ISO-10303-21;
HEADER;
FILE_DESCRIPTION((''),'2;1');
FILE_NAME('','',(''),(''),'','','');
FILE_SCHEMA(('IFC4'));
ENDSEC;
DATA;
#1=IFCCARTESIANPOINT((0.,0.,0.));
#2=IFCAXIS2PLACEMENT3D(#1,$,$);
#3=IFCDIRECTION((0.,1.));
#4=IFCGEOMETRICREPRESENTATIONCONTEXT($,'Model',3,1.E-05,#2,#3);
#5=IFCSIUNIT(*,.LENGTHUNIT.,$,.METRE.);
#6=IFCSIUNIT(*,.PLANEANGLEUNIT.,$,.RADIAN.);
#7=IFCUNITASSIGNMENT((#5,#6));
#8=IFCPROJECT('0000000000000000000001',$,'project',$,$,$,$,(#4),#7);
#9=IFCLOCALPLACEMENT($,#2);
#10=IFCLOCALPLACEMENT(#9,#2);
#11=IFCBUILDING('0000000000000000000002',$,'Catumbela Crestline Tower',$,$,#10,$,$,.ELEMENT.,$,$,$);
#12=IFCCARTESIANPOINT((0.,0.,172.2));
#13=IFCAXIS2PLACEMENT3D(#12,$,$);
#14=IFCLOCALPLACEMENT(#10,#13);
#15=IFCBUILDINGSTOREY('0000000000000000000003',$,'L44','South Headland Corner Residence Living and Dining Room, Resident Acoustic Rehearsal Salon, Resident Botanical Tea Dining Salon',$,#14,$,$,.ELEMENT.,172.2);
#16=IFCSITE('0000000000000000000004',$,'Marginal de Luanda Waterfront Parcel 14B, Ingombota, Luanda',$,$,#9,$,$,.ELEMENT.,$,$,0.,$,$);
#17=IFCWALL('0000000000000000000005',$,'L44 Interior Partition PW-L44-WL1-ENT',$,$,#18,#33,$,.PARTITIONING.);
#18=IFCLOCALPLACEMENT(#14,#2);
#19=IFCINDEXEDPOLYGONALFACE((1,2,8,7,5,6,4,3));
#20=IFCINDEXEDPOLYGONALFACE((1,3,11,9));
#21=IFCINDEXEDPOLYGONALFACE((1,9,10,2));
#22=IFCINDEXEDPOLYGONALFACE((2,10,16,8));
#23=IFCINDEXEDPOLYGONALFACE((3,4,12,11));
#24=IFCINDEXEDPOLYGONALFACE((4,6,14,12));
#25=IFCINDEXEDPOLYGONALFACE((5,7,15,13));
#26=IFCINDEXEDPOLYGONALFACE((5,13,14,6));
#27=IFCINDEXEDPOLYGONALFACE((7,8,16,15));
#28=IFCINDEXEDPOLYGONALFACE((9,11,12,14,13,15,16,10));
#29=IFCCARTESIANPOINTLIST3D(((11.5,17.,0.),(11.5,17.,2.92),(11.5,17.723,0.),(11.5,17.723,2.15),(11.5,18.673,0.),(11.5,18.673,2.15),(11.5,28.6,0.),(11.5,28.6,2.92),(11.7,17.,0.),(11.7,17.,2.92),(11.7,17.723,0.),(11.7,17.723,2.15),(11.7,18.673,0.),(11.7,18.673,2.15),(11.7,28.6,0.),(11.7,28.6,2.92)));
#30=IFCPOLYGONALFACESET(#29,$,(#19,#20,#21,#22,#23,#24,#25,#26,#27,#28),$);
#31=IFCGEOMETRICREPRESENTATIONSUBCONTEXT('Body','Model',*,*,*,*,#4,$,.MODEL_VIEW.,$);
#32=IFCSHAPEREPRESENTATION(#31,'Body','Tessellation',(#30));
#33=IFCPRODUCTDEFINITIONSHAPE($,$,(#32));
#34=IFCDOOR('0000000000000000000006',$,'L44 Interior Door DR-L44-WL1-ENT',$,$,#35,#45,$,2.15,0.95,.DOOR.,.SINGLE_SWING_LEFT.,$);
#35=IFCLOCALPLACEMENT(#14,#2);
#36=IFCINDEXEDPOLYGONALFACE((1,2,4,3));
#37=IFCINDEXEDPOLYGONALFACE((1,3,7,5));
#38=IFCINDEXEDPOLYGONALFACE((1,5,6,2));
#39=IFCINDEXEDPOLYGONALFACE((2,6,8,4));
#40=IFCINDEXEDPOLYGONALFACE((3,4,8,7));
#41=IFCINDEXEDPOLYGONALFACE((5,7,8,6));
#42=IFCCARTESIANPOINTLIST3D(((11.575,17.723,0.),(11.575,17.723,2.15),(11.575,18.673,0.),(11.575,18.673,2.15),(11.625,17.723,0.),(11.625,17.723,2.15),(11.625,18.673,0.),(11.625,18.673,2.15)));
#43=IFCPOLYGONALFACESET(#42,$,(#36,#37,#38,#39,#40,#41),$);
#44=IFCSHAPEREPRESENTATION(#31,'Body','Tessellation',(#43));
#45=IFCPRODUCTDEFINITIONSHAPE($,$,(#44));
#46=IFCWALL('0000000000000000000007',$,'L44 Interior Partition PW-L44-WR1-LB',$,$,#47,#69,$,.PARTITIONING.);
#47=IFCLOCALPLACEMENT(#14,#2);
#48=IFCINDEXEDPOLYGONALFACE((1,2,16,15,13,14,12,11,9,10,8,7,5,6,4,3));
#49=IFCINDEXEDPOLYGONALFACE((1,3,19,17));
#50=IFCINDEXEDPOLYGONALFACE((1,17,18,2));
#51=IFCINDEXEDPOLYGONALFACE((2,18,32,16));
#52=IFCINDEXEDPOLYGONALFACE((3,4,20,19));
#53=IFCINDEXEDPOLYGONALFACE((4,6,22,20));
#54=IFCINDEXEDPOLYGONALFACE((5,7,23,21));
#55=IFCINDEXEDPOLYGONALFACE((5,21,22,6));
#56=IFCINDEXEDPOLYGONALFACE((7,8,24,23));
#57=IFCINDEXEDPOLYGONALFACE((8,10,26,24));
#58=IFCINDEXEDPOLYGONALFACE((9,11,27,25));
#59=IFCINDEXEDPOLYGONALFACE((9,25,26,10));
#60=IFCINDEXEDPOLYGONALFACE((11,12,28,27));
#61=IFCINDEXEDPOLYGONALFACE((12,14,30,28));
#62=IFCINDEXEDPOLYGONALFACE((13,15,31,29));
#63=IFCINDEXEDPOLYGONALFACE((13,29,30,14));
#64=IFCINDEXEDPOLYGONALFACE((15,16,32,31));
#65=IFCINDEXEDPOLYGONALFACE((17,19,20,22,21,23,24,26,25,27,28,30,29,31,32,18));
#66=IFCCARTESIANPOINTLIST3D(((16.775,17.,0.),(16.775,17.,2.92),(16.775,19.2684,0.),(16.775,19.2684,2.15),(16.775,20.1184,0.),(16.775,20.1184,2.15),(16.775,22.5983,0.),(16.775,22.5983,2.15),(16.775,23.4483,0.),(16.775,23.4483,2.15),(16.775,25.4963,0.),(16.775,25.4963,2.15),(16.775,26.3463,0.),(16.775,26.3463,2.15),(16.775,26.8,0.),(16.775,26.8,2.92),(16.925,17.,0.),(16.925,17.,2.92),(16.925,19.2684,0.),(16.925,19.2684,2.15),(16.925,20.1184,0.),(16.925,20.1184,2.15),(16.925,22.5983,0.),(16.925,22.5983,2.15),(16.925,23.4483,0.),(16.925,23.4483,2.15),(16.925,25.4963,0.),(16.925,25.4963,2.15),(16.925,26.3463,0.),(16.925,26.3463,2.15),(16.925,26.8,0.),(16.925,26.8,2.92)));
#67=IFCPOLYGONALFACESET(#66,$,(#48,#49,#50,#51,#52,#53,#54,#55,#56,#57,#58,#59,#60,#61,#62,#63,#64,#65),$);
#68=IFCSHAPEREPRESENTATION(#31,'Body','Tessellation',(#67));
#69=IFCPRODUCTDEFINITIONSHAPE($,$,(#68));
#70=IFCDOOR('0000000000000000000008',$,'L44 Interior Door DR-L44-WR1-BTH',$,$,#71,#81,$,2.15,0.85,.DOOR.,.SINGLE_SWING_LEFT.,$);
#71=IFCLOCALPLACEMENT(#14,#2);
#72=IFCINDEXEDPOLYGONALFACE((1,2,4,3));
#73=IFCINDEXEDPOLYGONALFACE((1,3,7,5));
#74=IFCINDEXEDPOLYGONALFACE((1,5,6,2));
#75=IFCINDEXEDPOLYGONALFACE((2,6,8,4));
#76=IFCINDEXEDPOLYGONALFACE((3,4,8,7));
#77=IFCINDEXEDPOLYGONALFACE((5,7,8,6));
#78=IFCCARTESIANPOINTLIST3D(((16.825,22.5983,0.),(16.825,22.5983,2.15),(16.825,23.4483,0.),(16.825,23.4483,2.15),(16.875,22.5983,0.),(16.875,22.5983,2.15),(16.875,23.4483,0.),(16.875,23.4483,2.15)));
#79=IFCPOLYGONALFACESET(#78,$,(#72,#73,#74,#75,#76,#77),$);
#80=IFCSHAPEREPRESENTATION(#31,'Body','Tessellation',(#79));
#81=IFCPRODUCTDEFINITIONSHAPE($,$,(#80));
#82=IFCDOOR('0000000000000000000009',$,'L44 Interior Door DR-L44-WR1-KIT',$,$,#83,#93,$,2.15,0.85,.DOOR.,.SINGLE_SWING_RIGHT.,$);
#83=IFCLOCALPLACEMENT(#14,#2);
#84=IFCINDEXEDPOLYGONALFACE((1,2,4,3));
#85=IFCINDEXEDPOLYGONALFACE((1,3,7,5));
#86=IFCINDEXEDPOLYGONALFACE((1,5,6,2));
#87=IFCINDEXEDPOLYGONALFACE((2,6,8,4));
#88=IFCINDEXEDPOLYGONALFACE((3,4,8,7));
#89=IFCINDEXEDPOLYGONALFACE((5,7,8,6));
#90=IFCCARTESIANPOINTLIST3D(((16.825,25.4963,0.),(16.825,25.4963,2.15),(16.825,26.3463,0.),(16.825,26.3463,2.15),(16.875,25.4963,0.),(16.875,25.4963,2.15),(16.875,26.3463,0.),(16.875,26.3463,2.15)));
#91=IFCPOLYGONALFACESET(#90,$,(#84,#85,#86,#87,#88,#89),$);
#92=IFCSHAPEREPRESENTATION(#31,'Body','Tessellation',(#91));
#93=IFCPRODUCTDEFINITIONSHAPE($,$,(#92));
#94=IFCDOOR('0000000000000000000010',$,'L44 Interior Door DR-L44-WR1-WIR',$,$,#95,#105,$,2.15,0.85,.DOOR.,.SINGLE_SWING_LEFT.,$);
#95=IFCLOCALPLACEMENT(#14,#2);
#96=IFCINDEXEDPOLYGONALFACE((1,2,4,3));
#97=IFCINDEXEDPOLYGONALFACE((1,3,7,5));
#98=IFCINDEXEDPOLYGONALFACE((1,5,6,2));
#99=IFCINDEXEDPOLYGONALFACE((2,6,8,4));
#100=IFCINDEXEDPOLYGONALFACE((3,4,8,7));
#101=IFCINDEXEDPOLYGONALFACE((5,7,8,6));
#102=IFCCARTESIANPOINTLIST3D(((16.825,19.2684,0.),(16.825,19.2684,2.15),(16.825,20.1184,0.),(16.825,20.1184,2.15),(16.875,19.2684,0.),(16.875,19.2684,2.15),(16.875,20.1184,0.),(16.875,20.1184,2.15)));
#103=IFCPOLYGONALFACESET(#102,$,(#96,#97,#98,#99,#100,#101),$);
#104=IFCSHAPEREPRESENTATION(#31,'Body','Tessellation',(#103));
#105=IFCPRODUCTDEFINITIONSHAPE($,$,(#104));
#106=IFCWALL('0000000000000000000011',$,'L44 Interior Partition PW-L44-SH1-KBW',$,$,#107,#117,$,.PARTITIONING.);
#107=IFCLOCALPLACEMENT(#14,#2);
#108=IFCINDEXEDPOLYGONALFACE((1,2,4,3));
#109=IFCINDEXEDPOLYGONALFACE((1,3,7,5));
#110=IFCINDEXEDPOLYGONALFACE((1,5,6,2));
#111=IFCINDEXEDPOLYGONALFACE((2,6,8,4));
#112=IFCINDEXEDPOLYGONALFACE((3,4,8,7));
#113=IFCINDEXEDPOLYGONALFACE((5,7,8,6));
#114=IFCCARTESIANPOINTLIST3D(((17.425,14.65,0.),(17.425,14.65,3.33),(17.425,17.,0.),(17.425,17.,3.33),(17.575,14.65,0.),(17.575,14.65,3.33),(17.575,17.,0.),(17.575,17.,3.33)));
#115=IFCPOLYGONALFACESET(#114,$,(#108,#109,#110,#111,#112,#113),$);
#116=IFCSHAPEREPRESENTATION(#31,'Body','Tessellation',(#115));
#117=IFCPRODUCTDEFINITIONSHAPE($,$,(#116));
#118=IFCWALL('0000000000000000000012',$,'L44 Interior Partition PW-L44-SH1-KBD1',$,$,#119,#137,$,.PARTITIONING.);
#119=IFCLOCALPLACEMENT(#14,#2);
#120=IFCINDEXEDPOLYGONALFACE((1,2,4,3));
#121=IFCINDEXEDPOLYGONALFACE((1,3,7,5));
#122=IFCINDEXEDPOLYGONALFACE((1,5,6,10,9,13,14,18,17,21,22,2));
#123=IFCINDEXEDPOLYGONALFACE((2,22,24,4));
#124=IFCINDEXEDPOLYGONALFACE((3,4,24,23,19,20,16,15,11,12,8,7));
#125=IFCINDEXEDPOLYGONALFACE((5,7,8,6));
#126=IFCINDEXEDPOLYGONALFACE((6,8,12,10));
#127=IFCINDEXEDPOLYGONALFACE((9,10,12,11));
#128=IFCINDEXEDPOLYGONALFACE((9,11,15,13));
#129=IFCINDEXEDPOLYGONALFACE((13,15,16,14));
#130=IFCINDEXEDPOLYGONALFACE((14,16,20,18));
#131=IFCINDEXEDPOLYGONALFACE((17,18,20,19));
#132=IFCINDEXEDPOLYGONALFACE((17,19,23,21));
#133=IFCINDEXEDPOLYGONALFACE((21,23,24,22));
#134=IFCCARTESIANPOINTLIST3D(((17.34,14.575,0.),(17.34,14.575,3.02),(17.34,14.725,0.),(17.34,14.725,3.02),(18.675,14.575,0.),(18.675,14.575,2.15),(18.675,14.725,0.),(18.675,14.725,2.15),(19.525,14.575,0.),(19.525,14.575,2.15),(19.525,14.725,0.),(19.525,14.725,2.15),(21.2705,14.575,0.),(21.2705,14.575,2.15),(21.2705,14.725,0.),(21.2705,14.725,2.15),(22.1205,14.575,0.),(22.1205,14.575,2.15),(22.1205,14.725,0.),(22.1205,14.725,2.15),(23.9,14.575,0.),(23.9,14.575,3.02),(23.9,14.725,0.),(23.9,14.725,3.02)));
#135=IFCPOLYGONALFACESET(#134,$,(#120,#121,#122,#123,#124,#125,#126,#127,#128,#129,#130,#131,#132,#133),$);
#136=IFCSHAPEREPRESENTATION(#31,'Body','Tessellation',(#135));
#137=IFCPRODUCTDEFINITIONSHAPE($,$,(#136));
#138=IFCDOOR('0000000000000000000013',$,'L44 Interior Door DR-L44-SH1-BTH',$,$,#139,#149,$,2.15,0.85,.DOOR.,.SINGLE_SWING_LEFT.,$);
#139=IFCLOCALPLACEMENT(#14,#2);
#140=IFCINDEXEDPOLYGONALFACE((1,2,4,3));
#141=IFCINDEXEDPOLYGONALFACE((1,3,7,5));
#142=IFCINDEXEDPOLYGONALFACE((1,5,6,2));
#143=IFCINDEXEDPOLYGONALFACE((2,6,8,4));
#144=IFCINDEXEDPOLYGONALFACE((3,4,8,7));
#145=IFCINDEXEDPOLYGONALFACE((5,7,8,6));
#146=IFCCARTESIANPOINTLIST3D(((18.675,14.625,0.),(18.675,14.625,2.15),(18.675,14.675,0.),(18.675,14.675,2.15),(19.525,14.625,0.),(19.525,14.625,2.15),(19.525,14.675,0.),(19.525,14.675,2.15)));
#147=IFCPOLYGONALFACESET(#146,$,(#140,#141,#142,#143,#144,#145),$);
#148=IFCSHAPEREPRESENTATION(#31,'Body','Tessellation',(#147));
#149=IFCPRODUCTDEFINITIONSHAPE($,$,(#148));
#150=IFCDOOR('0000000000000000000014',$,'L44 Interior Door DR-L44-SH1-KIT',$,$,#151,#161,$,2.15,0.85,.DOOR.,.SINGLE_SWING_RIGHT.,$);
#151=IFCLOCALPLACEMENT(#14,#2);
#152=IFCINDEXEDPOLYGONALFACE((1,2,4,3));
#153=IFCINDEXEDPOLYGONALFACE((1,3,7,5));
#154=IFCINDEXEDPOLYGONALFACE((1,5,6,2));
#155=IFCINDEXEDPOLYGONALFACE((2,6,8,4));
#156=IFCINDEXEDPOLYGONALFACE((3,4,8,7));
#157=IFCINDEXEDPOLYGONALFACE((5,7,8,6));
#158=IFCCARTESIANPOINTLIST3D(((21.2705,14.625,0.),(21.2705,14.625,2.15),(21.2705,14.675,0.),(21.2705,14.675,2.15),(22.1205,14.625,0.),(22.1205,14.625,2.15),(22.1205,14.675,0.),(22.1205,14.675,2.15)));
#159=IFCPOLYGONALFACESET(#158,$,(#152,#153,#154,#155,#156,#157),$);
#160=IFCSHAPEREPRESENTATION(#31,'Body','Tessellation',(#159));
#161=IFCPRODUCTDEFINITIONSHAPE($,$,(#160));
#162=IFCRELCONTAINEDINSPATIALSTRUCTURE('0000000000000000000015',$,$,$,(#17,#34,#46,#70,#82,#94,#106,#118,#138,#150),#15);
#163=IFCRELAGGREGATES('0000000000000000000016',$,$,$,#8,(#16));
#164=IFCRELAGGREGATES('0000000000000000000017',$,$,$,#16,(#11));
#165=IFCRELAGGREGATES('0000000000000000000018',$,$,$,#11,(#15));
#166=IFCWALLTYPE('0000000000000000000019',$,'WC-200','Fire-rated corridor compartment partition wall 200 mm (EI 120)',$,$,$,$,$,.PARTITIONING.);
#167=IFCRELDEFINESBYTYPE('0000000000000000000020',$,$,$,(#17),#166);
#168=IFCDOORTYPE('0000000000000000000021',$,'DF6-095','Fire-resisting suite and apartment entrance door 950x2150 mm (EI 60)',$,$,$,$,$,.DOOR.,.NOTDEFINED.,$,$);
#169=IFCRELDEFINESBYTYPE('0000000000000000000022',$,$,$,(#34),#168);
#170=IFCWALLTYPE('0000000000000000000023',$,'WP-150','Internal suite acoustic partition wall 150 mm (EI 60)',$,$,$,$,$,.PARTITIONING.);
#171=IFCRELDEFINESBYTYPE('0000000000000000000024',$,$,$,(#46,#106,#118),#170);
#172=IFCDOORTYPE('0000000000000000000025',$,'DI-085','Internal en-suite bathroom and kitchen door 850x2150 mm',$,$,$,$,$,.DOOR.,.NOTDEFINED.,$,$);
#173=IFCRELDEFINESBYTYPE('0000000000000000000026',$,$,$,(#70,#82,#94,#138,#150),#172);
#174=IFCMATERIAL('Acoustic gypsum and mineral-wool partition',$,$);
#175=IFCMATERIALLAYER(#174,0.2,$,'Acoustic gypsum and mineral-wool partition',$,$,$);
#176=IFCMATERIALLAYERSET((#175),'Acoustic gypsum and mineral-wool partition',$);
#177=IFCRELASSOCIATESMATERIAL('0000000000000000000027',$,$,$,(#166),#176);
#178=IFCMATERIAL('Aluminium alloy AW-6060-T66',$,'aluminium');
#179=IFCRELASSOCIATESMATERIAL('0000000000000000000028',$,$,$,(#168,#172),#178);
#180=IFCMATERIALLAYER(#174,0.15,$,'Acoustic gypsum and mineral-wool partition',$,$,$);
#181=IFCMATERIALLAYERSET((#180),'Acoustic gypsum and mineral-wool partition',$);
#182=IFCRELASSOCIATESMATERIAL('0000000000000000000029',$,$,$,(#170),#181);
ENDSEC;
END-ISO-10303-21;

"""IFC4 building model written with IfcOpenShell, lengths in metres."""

from ifc_helpers import new_model, si_unit, direction, frame, frame_2d, origin, place, context, subcontext, project, spatial, rectangle, extrude, material, layer, layer_set, type_object, element, fill, save


model = new_model("IFC4")

# Units and contexts
model_context = context("Model", 3, precision=1e-05, world=origin(), true_north=direction((0.0, 1.0)))
body_context = subcontext(model_context, "Body", "Model", "MODEL_VIEW")
ifc_project = project(units=[si_unit("LENGTHUNIT", "METRE"), si_unit("PLANEANGLEUNIT", "RADIAN")], contexts=[model_context])

# Site, building, storey
site_placement = place(None, origin())
site = spatial("IfcSite", under=ifc_project, at=site_placement, Name="Marginal de Luanda Waterfront Parcel 14B, Ingombota, Luanda", CompositionType="ELEMENT", RefElevation=0.0)
building_placement = place(site_placement, origin())
building = spatial("IfcBuilding", under=site, at=building_placement, Name="Catumbela Crestline Tower", CompositionType="ELEMENT")
storey_placement = place(building_placement, frame((0.0, 0.0, 172.2)))
storey = spatial("IfcBuildingStorey", under=building, at=storey_placement, Name="L44", Description="South Headland Corner Residence Living and Dining Room, Resident Acoustic Rehearsal Salon, Resident Botanical Tea Dining Salon", CompositionType="ELEMENT", Elevation=172.2)

# Shared definitions
ifc_material_1 = material(Name="Acoustic gypsum and mineral-wool partition")
ifc_layer_1 = layer(ifc_material_1, 0.2, Name="Acoustic gypsum and mineral-wool partition")
ifc_layer_set_1 = layer_set([ifc_layer_1], Name="Acoustic gypsum and mineral-wool partition")
wall_type_1 = type_object("IfcWallType", Name="WC-200", Description="Fire-rated corridor compartment partition wall 200 mm (EI 120)", PredefinedType="PARTITIONING", material=ifc_layer_set_1)
ifc_material_2 = material(Name="Aluminium alloy AW-6060-T66", Category="aluminium")
door_type_1 = type_object("IfcDoorType", Name="DF6-095", Description="Fire-resisting suite and apartment entrance door 950x2150 mm (EI 60)", OperationType="NOTDEFINED", PredefinedType="DOOR", material=ifc_material_2)

# Wall, opening, door
wall_1_placement = place(storey_placement, frame((11.6, 17.0, 0.0), z_axis=(0.0, 0.0, 1.0), x_axis=(0.0, 1.0, 0.0)))
wall_1 = element("IfcWall", 1, at=wall_1_placement, inside=storey, type_object=wall_type_1, Name="L44 Interior Partition PW-L44-WL1-ENT", PredefinedType="PARTITIONING", context=body_context, shape_type="SweptSolid", body=[
    extrude(rectangle(XDim=11.6, YDim=0.2, at=frame_2d((5.8, 0.0))), origin(), (0.0, 0.0, 1.0), 2.92),
])
opening_1_placement = place(wall_1_placement, frame((0.723, 0.0, 0.0)))
opening_1 = element("IfcOpeningElement", 2, at=opening_1_placement, cuts=wall_1, PredefinedType="OPENING", context=body_context, shape_type="SweptSolid", body=[
    extrude(rectangle(XDim=0.95, YDim=2.15, at=frame_2d((0.475, 1.075))), frame((0.0, 0.11, 0.0), z_axis=(0.0, -1.0, 0.0), x_axis=(1.0, 0.0, 0.0)), (0.0, 0.0, 1.0), 0.22),
])
door_1_placement = place(opening_1_placement, origin())
door_1 = element("IfcDoor", 3, at=door_1_placement, inside=storey, type_object=door_type_1, Name="L44 Interior Door DR-L44-WL1-ENT", OperationType="SINGLE_SWING_LEFT", OverallHeight=2.15, OverallWidth=0.95, PredefinedType="DOOR", context=body_context, shape_type="SweptSolid", body=[
    extrude(rectangle(XDim=0.95, YDim=2.15, at=frame_2d((0.475, 1.075))), frame((0.0, 0.025, 0.0), z_axis=(0.0, -1.0, 0.0), x_axis=(1.0, 0.0, 0.0)), (0.0, 0.0, 1.0), 0.05),
])
fill(opening_1, door_1)

# Wall, openings, doors
ifc_layer_2 = layer(ifc_material_1, 0.15, Name="Acoustic gypsum and mineral-wool partition")
ifc_layer_set_2 = layer_set([ifc_layer_2], Name="Acoustic gypsum and mineral-wool partition")
wall_type_2 = type_object("IfcWallType", Name="WP-150", Description="Internal suite acoustic partition wall 150 mm (EI 60)", PredefinedType="PARTITIONING", material=ifc_layer_set_2)
wall_2_placement = place(storey_placement, frame((16.85, 17.0, 0.0), z_axis=(0.0, 0.0, 1.0), x_axis=(0.0, 1.0, 0.0)))
wall_2 = element("IfcWall", 4, at=wall_2_placement, inside=storey, type_object=wall_type_2, Name="L44 Interior Partition PW-L44-WR1-LB", PredefinedType="PARTITIONING", context=body_context, shape_type="SweptSolid", body=[
    extrude(rectangle(XDim=9.8, YDim=0.15, at=frame_2d((4.9, 0.0))), origin(), (0.0, 0.0, 1.0), 2.92),
])
opening_2_placement = place(wall_2_placement, frame((5.5983, 0.0, 0.0)))
opening_2 = element("IfcOpeningElement", 5, at=opening_2_placement, cuts=wall_2, PredefinedType="OPENING", context=body_context, shape_type="SweptSolid", body=[
    extrude(rectangle(XDim=0.85, YDim=2.15, at=frame_2d((0.425, 1.075))), frame((0.0, 0.085, 0.0), z_axis=(0.0, -1.0, 0.0), x_axis=(1.0, 0.0, 0.0)), (0.0, 0.0, 1.0), 0.17),
])
opening_3_placement = place(wall_2_placement, frame((8.4963, 0.0, 0.0)))
opening_3 = element("IfcOpeningElement", 6, at=opening_3_placement, cuts=wall_2, PredefinedType="OPENING", context=body_context, shape_type="SweptSolid", body=[
    extrude(rectangle(XDim=0.85, YDim=2.15, at=frame_2d((0.425, 1.075))), frame((0.0, 0.085, 0.0), z_axis=(0.0, -1.0, 0.0), x_axis=(1.0, 0.0, 0.0)), (0.0, 0.0, 1.0), 0.17),
])
opening_4_placement = place(wall_2_placement, frame((2.2684, 0.0, 0.0)))
opening_4 = element("IfcOpeningElement", 7, at=opening_4_placement, cuts=wall_2, PredefinedType="OPENING", context=body_context, shape_type="SweptSolid", body=[
    extrude(rectangle(XDim=0.85, YDim=2.15, at=frame_2d((0.425, 1.075))), frame((0.0, 0.085, 0.0), z_axis=(0.0, -1.0, 0.0), x_axis=(1.0, 0.0, 0.0)), (0.0, 0.0, 1.0), 0.17),
])
door_type_2 = type_object("IfcDoorType", Name="DI-085", Description="Internal en-suite bathroom and kitchen door 850x2150 mm", OperationType="NOTDEFINED", PredefinedType="DOOR", material=ifc_material_2)
door_2_placement = place(opening_2_placement, origin())
door_2 = element("IfcDoor", 8, at=door_2_placement, inside=storey, type_object=door_type_2, Name="L44 Interior Door DR-L44-WR1-BTH", OperationType="SINGLE_SWING_LEFT", OverallHeight=2.15, OverallWidth=0.85, PredefinedType="DOOR", context=body_context, shape_type="SweptSolid", body=[
    extrude(rectangle(XDim=0.85, YDim=2.15, at=frame_2d((0.425, 1.075))), frame((0.0, 0.025, 0.0), z_axis=(0.0, -1.0, 0.0), x_axis=(1.0, 0.0, 0.0)), (0.0, 0.0, 1.0), 0.05),
])
fill(opening_2, door_2)
door_3_placement = place(opening_3_placement, origin())
door_3 = element("IfcDoor", 9, at=door_3_placement, inside=storey, type_object=door_type_2, Name="L44 Interior Door DR-L44-WR1-KIT", OperationType="SINGLE_SWING_RIGHT", OverallHeight=2.15, OverallWidth=0.85, PredefinedType="DOOR", context=body_context, shape_type="SweptSolid", body=[
    extrude(rectangle(XDim=0.85, YDim=2.15, at=frame_2d((0.425, 1.075))), frame((0.0, 0.025, 0.0), z_axis=(0.0, -1.0, 0.0), x_axis=(1.0, 0.0, 0.0)), (0.0, 0.0, 1.0), 0.05),
])
fill(opening_3, door_3)
door_4_placement = place(opening_4_placement, origin())
door_4 = element("IfcDoor", 10, at=door_4_placement, inside=storey, type_object=door_type_2, Name="L44 Interior Door DR-L44-WR1-WIR", OperationType="SINGLE_SWING_LEFT", OverallHeight=2.15, OverallWidth=0.85, PredefinedType="DOOR", context=body_context, shape_type="SweptSolid", body=[
    extrude(rectangle(XDim=0.85, YDim=2.15, at=frame_2d((0.425, 1.075))), frame((0.0, 0.025, 0.0), z_axis=(0.0, -1.0, 0.0), x_axis=(1.0, 0.0, 0.0)), (0.0, 0.0, 1.0), 0.05),
])
fill(opening_4, door_4)

# Wall
wall_3_placement = place(storey_placement, frame((17.5, 14.65, 0.0), z_axis=(0.0, 0.0, 1.0), x_axis=(0.0, 1.0, 0.0)))
element("IfcWall", 11, at=wall_3_placement, inside=storey, type_object=wall_type_2, Name="L44 Interior Partition PW-L44-SH1-KBW", PredefinedType="PARTITIONING", context=body_context, shape_type="SweptSolid", body=[
    extrude(rectangle(XDim=2.35, YDim=0.15, at=frame_2d((1.175, 0.0))), origin(), (0.0, 0.0, 1.0), 3.33),
])

# Wall, openings, doors
wall_4_placement = place(storey_placement, frame((17.34, 14.65, 0.0), z_axis=(0.0, 0.0, 1.0), x_axis=(1.0, 0.0, 0.0)))
wall_4 = element("IfcWall", 12, at=wall_4_placement, inside=storey, type_object=wall_type_2, Name="L44 Interior Partition PW-L44-SH1-KBD1", PredefinedType="PARTITIONING", context=body_context, shape_type="SweptSolid", body=[
    extrude(rectangle(XDim=6.56, YDim=0.15, at=frame_2d((3.28, 0.0))), origin(), (0.0, 0.0, 1.0), 3.02),
])
opening_5_placement = place(wall_4_placement, frame((1.335, 0.0, 0.0)))
opening_5 = element("IfcOpeningElement", 13, at=opening_5_placement, cuts=wall_4, PredefinedType="OPENING", context=body_context, shape_type="SweptSolid", body=[
    extrude(rectangle(XDim=0.85, YDim=2.15, at=frame_2d((0.425, 1.075))), frame((0.0, 0.085, 0.0), z_axis=(0.0, -1.0, 0.0), x_axis=(1.0, 0.0, 0.0)), (0.0, 0.0, 1.0), 0.17),
])
opening_6_placement = place(wall_4_placement, frame((3.9305, 0.0, 0.0)))
opening_6 = element("IfcOpeningElement", 14, at=opening_6_placement, cuts=wall_4, PredefinedType="OPENING", context=body_context, shape_type="SweptSolid", body=[
    extrude(rectangle(XDim=0.85, YDim=2.15, at=frame_2d((0.425, 1.075))), frame((0.0, 0.085, 0.0), z_axis=(0.0, -1.0, 0.0), x_axis=(1.0, 0.0, 0.0)), (0.0, 0.0, 1.0), 0.17),
])
door_5_placement = place(opening_5_placement, origin())
door_5 = element("IfcDoor", 15, at=door_5_placement, inside=storey, type_object=door_type_2, Name="L44 Interior Door DR-L44-SH1-BTH", OperationType="SINGLE_SWING_LEFT", OverallHeight=2.15, OverallWidth=0.85, PredefinedType="DOOR", context=body_context, shape_type="SweptSolid", body=[
    extrude(rectangle(XDim=0.85, YDim=2.15, at=frame_2d((0.425, 1.075))), frame((0.0, 0.025, 0.0), z_axis=(0.0, -1.0, 0.0), x_axis=(1.0, 0.0, 0.0)), (0.0, 0.0, 1.0), 0.05),
])
fill(opening_5, door_5)
door_6_placement = place(opening_6_placement, origin())
door_6 = element("IfcDoor", 16, at=door_6_placement, inside=storey, type_object=door_type_2, Name="L44 Interior Door DR-L44-SH1-KIT", OperationType="SINGLE_SWING_RIGHT", OverallHeight=2.15, OverallWidth=0.85, PredefinedType="DOOR", context=body_context, shape_type="SweptSolid", body=[
    extrude(rectangle(XDim=0.85, YDim=2.15, at=frame_2d((0.425, 1.075))), frame((0.0, 0.025, 0.0), z_axis=(0.0, -1.0, 0.0), x_axis=(1.0, 0.0, 0.0)), (0.0, 0.0, 1.0), 0.05),
])
fill(opening_6, door_6)

save(model, "model.ifc")
